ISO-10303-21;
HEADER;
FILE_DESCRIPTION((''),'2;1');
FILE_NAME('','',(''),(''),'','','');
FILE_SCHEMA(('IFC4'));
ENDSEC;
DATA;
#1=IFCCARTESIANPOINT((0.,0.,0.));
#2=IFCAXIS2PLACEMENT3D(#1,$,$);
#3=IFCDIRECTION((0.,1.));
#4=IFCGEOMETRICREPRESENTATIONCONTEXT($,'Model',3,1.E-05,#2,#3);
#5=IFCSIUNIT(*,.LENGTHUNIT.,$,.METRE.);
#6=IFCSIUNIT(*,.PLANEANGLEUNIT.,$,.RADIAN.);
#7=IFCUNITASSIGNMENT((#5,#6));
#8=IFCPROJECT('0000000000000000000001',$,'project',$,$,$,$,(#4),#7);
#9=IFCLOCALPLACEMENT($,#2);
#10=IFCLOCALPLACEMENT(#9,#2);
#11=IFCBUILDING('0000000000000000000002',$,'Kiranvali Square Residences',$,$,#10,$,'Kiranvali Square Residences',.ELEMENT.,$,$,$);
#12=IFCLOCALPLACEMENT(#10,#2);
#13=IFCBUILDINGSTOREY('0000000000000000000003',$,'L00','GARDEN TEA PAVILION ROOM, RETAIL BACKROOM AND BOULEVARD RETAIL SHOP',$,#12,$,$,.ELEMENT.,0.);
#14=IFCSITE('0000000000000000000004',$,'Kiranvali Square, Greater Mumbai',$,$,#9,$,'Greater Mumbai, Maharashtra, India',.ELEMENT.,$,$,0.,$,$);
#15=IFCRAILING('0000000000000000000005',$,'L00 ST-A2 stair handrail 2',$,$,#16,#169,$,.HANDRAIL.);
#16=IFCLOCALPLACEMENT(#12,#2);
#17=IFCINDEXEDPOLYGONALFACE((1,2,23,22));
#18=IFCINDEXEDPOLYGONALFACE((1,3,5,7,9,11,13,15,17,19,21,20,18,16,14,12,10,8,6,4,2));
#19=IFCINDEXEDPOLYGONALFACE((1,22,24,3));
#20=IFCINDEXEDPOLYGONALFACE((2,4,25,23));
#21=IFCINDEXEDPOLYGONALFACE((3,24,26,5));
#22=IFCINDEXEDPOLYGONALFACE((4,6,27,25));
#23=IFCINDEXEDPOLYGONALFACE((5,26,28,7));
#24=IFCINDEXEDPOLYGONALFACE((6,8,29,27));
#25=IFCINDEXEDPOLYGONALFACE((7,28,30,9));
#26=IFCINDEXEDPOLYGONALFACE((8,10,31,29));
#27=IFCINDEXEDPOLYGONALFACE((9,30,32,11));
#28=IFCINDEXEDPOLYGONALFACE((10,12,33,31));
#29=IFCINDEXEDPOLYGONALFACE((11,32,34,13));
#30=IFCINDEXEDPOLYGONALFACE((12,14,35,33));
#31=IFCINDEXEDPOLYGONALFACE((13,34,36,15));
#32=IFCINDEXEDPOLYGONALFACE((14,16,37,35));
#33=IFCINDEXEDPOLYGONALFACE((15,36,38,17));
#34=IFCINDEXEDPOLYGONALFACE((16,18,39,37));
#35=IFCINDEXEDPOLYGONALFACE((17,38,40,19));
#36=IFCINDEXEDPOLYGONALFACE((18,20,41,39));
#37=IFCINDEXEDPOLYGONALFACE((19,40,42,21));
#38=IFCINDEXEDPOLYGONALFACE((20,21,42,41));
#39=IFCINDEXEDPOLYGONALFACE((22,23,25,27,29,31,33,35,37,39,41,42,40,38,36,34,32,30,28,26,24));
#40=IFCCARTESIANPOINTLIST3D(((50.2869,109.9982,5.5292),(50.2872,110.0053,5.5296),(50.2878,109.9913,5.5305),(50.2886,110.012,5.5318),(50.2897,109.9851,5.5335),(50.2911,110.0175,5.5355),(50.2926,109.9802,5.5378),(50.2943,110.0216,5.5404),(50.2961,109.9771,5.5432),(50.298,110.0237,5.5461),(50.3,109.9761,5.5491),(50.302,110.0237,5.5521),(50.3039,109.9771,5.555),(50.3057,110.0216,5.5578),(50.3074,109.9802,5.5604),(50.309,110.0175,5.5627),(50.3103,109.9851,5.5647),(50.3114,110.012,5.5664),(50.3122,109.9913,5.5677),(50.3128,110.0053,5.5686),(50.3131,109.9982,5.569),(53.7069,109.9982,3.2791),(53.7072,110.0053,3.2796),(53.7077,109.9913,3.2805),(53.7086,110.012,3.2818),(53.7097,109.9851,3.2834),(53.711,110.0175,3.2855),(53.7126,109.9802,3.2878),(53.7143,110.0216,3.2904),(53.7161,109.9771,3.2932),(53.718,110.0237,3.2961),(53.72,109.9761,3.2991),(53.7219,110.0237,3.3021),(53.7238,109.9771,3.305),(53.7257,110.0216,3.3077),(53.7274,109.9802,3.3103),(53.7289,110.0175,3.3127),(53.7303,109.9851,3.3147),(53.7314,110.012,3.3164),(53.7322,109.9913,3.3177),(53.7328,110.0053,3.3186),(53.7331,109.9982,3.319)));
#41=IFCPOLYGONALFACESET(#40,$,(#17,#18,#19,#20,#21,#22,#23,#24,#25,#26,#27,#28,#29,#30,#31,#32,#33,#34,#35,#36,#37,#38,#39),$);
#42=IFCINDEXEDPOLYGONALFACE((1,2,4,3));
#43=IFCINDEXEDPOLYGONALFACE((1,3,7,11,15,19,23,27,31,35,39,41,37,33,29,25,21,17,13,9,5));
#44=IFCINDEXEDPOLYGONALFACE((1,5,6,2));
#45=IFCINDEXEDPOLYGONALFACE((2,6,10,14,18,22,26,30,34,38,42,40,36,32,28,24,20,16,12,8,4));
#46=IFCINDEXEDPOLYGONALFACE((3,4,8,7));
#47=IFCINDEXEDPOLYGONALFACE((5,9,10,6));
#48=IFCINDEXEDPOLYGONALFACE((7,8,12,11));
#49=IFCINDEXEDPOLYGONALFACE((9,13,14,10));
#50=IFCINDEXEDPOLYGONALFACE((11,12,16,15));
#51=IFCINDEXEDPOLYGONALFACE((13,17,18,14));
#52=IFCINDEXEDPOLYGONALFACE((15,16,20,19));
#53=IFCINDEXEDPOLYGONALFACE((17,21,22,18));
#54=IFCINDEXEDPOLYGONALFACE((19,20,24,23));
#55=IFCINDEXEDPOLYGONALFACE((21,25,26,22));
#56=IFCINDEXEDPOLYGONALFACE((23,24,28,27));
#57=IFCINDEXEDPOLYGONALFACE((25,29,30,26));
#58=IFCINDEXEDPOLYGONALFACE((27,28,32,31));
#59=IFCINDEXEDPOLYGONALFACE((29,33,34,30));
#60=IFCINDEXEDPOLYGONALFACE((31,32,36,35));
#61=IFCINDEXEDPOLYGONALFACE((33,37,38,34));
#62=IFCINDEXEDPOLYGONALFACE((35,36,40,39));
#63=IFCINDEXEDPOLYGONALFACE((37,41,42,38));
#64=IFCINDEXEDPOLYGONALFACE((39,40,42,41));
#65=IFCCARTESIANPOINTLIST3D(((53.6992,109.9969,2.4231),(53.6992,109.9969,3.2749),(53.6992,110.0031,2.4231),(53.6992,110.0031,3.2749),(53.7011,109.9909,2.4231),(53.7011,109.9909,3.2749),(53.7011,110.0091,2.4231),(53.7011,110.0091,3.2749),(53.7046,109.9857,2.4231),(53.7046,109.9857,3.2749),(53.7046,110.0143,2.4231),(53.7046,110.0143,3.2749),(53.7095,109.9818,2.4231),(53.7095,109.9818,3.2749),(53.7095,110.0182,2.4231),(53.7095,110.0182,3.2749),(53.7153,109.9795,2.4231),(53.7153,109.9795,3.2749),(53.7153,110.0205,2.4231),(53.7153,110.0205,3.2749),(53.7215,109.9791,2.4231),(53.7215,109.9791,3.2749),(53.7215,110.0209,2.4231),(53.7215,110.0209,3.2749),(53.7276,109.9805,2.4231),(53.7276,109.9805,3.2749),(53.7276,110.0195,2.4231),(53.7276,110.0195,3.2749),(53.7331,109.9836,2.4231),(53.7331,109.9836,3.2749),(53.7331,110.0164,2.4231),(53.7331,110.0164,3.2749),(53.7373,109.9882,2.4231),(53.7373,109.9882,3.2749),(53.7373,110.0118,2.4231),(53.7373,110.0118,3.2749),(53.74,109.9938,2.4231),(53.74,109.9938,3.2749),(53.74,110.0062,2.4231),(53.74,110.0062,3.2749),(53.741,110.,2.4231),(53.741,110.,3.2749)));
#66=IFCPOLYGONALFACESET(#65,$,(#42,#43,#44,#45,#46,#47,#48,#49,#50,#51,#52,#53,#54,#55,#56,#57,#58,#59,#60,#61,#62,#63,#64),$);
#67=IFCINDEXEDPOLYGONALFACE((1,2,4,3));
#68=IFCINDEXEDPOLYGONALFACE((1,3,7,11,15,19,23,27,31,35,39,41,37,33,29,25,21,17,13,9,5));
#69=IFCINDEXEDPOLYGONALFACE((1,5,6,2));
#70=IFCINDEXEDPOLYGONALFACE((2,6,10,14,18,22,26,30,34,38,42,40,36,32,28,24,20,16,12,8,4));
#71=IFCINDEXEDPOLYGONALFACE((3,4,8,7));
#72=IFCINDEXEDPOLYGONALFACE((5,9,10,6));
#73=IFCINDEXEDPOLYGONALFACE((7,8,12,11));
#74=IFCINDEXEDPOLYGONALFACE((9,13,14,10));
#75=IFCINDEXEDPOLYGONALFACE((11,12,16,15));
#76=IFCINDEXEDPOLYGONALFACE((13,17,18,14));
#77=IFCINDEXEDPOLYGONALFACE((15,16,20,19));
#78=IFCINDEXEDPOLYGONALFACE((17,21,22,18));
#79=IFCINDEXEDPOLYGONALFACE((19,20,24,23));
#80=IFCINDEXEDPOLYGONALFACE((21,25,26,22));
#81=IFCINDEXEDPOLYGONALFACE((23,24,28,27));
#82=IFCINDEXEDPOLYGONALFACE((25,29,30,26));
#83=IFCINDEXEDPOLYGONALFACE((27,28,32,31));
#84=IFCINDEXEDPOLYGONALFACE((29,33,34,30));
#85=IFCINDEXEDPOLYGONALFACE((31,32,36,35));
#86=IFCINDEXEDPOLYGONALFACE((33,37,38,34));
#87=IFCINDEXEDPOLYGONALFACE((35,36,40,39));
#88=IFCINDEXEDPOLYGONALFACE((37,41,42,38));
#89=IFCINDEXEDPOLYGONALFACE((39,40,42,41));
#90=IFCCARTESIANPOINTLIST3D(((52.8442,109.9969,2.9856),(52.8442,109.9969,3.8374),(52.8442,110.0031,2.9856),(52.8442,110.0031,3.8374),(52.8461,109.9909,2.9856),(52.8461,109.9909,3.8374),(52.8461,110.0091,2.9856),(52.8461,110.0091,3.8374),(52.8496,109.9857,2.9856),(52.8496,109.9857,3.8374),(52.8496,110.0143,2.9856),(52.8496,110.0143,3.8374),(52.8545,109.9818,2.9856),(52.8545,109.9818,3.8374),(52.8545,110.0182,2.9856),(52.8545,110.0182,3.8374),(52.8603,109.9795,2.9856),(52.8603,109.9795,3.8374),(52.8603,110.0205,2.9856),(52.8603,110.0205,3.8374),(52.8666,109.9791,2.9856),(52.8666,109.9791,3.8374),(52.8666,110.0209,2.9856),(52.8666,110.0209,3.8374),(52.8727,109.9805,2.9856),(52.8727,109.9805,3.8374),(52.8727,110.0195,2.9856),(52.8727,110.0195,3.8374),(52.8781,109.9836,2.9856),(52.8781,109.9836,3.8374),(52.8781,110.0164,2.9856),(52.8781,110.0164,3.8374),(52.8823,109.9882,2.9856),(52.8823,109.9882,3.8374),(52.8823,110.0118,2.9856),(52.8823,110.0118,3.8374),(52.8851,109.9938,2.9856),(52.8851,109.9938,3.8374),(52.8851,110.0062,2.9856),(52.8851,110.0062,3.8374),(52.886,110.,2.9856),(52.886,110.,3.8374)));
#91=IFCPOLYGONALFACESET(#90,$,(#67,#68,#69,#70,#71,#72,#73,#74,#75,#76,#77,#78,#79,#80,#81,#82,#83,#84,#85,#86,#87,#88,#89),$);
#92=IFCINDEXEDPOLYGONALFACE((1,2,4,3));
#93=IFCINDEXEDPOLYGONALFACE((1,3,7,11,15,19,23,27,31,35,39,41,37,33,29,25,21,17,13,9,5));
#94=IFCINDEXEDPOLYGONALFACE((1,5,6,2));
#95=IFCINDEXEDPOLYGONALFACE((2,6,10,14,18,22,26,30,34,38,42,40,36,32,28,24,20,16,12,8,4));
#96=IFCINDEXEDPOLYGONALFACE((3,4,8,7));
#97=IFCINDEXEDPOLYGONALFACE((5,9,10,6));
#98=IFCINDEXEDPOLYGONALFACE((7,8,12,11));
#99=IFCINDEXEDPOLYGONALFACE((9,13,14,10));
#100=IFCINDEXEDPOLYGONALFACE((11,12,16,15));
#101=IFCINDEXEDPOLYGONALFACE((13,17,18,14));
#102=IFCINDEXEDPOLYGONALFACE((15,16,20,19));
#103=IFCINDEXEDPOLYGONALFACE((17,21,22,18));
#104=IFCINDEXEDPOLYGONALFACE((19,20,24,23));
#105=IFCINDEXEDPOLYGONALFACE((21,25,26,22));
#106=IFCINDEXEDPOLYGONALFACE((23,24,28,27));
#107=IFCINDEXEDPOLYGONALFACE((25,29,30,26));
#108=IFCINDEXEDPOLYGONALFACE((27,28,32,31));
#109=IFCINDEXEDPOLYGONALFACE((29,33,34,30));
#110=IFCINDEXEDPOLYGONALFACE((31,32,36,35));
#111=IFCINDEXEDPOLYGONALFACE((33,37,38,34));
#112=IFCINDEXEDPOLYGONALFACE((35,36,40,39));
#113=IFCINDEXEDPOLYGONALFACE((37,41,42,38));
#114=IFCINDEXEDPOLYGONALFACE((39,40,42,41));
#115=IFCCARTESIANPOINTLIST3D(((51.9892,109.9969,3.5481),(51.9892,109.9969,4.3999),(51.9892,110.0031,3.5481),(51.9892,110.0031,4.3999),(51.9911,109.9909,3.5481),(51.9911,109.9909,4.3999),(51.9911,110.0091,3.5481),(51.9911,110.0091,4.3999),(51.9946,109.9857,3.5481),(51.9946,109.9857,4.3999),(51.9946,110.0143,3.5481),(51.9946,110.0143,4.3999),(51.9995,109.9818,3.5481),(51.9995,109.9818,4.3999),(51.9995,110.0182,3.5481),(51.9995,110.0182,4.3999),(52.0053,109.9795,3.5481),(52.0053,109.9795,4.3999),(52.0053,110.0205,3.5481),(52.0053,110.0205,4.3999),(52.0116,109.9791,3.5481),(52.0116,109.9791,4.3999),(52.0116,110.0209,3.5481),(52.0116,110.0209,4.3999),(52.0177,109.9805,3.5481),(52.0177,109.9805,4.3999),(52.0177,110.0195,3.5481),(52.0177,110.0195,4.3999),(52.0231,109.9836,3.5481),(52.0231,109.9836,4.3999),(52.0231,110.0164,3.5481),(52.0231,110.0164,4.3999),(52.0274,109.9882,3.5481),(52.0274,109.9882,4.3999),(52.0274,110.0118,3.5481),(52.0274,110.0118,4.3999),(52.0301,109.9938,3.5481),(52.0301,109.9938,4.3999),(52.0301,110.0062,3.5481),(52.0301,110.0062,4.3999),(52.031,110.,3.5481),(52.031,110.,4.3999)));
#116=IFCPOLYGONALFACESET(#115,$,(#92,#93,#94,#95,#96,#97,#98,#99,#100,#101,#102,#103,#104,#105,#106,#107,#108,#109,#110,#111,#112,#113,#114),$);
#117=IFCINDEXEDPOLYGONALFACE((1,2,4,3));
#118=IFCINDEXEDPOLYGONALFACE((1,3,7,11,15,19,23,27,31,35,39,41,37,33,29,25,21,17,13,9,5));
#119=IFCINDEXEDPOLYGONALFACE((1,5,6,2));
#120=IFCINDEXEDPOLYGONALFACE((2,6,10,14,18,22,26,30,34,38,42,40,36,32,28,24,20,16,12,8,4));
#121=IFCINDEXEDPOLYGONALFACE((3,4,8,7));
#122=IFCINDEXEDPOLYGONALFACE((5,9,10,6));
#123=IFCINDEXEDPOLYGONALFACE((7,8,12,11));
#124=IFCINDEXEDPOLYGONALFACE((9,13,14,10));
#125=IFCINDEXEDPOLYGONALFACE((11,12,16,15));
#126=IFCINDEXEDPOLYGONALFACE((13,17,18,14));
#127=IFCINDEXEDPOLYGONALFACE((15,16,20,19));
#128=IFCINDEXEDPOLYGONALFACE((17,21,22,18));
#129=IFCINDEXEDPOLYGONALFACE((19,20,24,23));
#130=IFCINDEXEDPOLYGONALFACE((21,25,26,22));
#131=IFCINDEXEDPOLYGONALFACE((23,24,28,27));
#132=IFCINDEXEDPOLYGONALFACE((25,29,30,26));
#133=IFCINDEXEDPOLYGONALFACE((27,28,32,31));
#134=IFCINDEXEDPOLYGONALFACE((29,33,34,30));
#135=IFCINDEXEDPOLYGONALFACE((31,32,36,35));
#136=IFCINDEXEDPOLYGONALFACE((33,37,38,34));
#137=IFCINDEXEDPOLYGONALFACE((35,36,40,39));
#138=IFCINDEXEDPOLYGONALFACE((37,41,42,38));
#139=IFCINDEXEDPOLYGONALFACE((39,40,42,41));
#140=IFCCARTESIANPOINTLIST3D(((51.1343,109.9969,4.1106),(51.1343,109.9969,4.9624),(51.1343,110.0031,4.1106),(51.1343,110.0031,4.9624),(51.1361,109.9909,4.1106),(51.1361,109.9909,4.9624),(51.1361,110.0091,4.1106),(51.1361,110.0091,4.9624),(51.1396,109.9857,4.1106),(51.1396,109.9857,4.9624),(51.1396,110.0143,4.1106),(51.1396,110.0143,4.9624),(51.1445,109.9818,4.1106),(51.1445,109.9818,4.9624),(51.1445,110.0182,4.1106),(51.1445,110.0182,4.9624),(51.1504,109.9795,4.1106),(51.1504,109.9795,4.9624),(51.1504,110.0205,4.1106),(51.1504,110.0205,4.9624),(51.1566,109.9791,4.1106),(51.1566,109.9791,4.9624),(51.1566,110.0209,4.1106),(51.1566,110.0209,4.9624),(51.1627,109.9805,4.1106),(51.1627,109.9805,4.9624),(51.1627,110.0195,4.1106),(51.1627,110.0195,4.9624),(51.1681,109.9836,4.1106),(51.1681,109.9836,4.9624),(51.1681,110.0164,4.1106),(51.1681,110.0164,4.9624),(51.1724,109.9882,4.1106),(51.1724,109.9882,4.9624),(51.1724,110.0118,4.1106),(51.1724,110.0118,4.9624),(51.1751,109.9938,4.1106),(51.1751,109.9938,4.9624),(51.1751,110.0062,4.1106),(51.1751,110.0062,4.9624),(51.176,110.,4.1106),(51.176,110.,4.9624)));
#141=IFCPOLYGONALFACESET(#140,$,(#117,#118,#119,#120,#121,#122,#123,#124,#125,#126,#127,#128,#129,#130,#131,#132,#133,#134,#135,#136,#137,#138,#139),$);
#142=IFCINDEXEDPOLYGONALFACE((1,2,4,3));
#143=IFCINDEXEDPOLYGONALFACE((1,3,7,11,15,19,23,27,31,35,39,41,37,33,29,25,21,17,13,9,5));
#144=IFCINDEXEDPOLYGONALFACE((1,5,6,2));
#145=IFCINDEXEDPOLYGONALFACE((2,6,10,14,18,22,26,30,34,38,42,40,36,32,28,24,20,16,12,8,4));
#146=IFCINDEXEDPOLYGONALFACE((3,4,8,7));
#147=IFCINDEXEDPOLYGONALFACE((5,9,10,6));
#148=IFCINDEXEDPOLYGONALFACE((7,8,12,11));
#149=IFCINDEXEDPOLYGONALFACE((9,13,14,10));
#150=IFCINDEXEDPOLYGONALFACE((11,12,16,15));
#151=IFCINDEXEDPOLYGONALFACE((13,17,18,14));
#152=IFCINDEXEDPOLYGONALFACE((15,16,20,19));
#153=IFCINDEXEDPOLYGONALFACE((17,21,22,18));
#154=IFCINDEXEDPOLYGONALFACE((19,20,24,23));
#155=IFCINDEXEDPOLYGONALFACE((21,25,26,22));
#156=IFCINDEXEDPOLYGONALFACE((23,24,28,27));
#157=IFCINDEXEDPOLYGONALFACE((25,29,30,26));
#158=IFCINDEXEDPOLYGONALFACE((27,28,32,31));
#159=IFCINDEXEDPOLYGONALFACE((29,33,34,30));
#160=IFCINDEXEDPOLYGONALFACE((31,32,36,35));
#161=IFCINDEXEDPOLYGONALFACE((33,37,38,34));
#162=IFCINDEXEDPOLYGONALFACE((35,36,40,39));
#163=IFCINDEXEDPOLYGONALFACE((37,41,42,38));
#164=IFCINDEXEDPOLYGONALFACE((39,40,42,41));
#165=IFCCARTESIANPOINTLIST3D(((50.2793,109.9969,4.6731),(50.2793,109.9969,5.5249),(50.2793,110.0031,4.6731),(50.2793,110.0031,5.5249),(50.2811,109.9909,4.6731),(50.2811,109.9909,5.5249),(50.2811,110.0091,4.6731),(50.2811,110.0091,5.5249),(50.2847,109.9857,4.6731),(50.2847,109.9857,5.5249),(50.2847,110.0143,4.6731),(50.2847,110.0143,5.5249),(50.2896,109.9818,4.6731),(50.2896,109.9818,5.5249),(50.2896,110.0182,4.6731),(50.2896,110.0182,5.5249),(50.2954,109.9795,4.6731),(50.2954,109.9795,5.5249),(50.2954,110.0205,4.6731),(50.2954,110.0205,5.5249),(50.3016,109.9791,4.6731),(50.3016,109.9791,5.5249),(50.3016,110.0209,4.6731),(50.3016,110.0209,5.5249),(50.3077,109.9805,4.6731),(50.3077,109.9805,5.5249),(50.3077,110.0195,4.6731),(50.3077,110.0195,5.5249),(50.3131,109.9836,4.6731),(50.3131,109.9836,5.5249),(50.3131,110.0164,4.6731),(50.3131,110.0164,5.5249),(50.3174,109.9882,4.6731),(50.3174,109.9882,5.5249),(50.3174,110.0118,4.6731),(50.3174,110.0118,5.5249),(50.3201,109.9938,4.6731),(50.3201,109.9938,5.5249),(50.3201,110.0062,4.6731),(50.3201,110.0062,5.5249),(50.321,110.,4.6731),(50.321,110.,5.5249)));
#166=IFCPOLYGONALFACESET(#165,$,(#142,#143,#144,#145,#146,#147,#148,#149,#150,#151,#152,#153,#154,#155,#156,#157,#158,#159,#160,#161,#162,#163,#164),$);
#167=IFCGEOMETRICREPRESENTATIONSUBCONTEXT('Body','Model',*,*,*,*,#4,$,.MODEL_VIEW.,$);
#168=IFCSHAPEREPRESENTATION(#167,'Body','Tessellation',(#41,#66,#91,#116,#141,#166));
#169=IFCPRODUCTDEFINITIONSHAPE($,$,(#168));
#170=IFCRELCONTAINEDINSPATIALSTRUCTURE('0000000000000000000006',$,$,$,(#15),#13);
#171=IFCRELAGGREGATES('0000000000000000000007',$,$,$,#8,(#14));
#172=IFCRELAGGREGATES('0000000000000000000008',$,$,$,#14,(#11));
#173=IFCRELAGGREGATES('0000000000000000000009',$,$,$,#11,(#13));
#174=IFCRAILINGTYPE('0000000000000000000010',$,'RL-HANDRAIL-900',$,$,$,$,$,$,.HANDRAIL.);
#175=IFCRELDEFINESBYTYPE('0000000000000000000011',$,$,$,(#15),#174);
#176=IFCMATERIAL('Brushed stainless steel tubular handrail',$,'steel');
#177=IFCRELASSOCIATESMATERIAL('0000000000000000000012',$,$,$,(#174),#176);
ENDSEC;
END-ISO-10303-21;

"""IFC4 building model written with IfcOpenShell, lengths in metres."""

from ifc_helpers import new_model, si_unit, direction, frame, origin, origin_2d, place, context, subcontext, project, spatial, circle, extrude, material, type_object, element, save


model = new_model("IFC4")

# Units and contexts
model_context = context("Model", 3, precision=1e-05, world=origin(), true_north=direction((0.0, 1.0)))
body_context = subcontext(model_context, "Body", "Model", "MODEL_VIEW")
ifc_project = project(units=[si_unit("LENGTHUNIT", "METRE"), si_unit("PLANEANGLEUNIT", "RADIAN")], contexts=[model_context])

# Site, building, storey
site_placement = place(None, origin())
site = spatial("IfcSite", under=ifc_project, at=site_placement, Name="Kiranvali Square, Greater Mumbai", LongName="Greater Mumbai, Maharashtra, India", CompositionType="ELEMENT", RefElevation=0.0)
building_placement = place(site_placement, origin())
building = spatial("IfcBuilding", under=site, at=building_placement, Name="Kiranvali Square Residences", LongName="Kiranvali Square Residences", CompositionType="ELEMENT")
storey_placement = place(building_placement, origin())
storey = spatial("IfcBuildingStorey", under=building, at=storey_placement, Name="L00", Description="GARDEN TEA PAVILION ROOM, RETAIL BACKROOM AND BOULEVARD RETAIL SHOP", CompositionType="ELEMENT", Elevation=0.0)

# Railing
ifc_material_1 = material(Name="Brushed stainless steel tubular handrail", Category="steel")
railing_type_1 = type_object("IfcRailingType", Name="RL-HANDRAIL-900", PredefinedType="HANDRAIL", material=ifc_material_1)
railing_1_placement = place(storey_placement, frame((53.72, 110.0, 2.4231)))
element("IfcRailing", 1, at=railing_1_placement, inside=storey, type_object=railing_type_1, Name="L00 ST-A2 stair handrail 2", PredefinedType="HANDRAIL", context=body_context, shape_type="SweptSolid", body=[
    extrude(circle(Radius=0.0239, at=origin_2d()), frame((0.0, 0.0, 0.876), z_axis=(-0.835411, 0.0, 0.549625), x_axis=(0.0, -1.0, 0.0)), (0.0, 0.0, 1.0), 4.0938),
    extrude(circle(Radius=0.021, at=origin_2d()), origin(), (0.0, 0.0, 1.0), 0.8518),
    extrude(circle(Radius=0.021, at=origin_2d()), frame((-0.855, 0.0, 0.5625)), (0.0, 0.0, 1.0), 0.8518),
    extrude(circle(Radius=0.021, at=origin_2d()), frame((-1.71, 0.0, 1.125)), (0.0, 0.0, 1.0), 0.8518),
    extrude(circle(Radius=0.021, at=origin_2d()), frame((-2.5649, 0.0, 1.6875)), (0.0, 0.0, 1.0), 0.8518),
    extrude(circle(Radius=0.021, at=origin_2d()), frame((-3.4199, 0.0, 2.25)), (0.0, 0.0, 1.0), 0.8518),
])

save(model, "model.ifc")
